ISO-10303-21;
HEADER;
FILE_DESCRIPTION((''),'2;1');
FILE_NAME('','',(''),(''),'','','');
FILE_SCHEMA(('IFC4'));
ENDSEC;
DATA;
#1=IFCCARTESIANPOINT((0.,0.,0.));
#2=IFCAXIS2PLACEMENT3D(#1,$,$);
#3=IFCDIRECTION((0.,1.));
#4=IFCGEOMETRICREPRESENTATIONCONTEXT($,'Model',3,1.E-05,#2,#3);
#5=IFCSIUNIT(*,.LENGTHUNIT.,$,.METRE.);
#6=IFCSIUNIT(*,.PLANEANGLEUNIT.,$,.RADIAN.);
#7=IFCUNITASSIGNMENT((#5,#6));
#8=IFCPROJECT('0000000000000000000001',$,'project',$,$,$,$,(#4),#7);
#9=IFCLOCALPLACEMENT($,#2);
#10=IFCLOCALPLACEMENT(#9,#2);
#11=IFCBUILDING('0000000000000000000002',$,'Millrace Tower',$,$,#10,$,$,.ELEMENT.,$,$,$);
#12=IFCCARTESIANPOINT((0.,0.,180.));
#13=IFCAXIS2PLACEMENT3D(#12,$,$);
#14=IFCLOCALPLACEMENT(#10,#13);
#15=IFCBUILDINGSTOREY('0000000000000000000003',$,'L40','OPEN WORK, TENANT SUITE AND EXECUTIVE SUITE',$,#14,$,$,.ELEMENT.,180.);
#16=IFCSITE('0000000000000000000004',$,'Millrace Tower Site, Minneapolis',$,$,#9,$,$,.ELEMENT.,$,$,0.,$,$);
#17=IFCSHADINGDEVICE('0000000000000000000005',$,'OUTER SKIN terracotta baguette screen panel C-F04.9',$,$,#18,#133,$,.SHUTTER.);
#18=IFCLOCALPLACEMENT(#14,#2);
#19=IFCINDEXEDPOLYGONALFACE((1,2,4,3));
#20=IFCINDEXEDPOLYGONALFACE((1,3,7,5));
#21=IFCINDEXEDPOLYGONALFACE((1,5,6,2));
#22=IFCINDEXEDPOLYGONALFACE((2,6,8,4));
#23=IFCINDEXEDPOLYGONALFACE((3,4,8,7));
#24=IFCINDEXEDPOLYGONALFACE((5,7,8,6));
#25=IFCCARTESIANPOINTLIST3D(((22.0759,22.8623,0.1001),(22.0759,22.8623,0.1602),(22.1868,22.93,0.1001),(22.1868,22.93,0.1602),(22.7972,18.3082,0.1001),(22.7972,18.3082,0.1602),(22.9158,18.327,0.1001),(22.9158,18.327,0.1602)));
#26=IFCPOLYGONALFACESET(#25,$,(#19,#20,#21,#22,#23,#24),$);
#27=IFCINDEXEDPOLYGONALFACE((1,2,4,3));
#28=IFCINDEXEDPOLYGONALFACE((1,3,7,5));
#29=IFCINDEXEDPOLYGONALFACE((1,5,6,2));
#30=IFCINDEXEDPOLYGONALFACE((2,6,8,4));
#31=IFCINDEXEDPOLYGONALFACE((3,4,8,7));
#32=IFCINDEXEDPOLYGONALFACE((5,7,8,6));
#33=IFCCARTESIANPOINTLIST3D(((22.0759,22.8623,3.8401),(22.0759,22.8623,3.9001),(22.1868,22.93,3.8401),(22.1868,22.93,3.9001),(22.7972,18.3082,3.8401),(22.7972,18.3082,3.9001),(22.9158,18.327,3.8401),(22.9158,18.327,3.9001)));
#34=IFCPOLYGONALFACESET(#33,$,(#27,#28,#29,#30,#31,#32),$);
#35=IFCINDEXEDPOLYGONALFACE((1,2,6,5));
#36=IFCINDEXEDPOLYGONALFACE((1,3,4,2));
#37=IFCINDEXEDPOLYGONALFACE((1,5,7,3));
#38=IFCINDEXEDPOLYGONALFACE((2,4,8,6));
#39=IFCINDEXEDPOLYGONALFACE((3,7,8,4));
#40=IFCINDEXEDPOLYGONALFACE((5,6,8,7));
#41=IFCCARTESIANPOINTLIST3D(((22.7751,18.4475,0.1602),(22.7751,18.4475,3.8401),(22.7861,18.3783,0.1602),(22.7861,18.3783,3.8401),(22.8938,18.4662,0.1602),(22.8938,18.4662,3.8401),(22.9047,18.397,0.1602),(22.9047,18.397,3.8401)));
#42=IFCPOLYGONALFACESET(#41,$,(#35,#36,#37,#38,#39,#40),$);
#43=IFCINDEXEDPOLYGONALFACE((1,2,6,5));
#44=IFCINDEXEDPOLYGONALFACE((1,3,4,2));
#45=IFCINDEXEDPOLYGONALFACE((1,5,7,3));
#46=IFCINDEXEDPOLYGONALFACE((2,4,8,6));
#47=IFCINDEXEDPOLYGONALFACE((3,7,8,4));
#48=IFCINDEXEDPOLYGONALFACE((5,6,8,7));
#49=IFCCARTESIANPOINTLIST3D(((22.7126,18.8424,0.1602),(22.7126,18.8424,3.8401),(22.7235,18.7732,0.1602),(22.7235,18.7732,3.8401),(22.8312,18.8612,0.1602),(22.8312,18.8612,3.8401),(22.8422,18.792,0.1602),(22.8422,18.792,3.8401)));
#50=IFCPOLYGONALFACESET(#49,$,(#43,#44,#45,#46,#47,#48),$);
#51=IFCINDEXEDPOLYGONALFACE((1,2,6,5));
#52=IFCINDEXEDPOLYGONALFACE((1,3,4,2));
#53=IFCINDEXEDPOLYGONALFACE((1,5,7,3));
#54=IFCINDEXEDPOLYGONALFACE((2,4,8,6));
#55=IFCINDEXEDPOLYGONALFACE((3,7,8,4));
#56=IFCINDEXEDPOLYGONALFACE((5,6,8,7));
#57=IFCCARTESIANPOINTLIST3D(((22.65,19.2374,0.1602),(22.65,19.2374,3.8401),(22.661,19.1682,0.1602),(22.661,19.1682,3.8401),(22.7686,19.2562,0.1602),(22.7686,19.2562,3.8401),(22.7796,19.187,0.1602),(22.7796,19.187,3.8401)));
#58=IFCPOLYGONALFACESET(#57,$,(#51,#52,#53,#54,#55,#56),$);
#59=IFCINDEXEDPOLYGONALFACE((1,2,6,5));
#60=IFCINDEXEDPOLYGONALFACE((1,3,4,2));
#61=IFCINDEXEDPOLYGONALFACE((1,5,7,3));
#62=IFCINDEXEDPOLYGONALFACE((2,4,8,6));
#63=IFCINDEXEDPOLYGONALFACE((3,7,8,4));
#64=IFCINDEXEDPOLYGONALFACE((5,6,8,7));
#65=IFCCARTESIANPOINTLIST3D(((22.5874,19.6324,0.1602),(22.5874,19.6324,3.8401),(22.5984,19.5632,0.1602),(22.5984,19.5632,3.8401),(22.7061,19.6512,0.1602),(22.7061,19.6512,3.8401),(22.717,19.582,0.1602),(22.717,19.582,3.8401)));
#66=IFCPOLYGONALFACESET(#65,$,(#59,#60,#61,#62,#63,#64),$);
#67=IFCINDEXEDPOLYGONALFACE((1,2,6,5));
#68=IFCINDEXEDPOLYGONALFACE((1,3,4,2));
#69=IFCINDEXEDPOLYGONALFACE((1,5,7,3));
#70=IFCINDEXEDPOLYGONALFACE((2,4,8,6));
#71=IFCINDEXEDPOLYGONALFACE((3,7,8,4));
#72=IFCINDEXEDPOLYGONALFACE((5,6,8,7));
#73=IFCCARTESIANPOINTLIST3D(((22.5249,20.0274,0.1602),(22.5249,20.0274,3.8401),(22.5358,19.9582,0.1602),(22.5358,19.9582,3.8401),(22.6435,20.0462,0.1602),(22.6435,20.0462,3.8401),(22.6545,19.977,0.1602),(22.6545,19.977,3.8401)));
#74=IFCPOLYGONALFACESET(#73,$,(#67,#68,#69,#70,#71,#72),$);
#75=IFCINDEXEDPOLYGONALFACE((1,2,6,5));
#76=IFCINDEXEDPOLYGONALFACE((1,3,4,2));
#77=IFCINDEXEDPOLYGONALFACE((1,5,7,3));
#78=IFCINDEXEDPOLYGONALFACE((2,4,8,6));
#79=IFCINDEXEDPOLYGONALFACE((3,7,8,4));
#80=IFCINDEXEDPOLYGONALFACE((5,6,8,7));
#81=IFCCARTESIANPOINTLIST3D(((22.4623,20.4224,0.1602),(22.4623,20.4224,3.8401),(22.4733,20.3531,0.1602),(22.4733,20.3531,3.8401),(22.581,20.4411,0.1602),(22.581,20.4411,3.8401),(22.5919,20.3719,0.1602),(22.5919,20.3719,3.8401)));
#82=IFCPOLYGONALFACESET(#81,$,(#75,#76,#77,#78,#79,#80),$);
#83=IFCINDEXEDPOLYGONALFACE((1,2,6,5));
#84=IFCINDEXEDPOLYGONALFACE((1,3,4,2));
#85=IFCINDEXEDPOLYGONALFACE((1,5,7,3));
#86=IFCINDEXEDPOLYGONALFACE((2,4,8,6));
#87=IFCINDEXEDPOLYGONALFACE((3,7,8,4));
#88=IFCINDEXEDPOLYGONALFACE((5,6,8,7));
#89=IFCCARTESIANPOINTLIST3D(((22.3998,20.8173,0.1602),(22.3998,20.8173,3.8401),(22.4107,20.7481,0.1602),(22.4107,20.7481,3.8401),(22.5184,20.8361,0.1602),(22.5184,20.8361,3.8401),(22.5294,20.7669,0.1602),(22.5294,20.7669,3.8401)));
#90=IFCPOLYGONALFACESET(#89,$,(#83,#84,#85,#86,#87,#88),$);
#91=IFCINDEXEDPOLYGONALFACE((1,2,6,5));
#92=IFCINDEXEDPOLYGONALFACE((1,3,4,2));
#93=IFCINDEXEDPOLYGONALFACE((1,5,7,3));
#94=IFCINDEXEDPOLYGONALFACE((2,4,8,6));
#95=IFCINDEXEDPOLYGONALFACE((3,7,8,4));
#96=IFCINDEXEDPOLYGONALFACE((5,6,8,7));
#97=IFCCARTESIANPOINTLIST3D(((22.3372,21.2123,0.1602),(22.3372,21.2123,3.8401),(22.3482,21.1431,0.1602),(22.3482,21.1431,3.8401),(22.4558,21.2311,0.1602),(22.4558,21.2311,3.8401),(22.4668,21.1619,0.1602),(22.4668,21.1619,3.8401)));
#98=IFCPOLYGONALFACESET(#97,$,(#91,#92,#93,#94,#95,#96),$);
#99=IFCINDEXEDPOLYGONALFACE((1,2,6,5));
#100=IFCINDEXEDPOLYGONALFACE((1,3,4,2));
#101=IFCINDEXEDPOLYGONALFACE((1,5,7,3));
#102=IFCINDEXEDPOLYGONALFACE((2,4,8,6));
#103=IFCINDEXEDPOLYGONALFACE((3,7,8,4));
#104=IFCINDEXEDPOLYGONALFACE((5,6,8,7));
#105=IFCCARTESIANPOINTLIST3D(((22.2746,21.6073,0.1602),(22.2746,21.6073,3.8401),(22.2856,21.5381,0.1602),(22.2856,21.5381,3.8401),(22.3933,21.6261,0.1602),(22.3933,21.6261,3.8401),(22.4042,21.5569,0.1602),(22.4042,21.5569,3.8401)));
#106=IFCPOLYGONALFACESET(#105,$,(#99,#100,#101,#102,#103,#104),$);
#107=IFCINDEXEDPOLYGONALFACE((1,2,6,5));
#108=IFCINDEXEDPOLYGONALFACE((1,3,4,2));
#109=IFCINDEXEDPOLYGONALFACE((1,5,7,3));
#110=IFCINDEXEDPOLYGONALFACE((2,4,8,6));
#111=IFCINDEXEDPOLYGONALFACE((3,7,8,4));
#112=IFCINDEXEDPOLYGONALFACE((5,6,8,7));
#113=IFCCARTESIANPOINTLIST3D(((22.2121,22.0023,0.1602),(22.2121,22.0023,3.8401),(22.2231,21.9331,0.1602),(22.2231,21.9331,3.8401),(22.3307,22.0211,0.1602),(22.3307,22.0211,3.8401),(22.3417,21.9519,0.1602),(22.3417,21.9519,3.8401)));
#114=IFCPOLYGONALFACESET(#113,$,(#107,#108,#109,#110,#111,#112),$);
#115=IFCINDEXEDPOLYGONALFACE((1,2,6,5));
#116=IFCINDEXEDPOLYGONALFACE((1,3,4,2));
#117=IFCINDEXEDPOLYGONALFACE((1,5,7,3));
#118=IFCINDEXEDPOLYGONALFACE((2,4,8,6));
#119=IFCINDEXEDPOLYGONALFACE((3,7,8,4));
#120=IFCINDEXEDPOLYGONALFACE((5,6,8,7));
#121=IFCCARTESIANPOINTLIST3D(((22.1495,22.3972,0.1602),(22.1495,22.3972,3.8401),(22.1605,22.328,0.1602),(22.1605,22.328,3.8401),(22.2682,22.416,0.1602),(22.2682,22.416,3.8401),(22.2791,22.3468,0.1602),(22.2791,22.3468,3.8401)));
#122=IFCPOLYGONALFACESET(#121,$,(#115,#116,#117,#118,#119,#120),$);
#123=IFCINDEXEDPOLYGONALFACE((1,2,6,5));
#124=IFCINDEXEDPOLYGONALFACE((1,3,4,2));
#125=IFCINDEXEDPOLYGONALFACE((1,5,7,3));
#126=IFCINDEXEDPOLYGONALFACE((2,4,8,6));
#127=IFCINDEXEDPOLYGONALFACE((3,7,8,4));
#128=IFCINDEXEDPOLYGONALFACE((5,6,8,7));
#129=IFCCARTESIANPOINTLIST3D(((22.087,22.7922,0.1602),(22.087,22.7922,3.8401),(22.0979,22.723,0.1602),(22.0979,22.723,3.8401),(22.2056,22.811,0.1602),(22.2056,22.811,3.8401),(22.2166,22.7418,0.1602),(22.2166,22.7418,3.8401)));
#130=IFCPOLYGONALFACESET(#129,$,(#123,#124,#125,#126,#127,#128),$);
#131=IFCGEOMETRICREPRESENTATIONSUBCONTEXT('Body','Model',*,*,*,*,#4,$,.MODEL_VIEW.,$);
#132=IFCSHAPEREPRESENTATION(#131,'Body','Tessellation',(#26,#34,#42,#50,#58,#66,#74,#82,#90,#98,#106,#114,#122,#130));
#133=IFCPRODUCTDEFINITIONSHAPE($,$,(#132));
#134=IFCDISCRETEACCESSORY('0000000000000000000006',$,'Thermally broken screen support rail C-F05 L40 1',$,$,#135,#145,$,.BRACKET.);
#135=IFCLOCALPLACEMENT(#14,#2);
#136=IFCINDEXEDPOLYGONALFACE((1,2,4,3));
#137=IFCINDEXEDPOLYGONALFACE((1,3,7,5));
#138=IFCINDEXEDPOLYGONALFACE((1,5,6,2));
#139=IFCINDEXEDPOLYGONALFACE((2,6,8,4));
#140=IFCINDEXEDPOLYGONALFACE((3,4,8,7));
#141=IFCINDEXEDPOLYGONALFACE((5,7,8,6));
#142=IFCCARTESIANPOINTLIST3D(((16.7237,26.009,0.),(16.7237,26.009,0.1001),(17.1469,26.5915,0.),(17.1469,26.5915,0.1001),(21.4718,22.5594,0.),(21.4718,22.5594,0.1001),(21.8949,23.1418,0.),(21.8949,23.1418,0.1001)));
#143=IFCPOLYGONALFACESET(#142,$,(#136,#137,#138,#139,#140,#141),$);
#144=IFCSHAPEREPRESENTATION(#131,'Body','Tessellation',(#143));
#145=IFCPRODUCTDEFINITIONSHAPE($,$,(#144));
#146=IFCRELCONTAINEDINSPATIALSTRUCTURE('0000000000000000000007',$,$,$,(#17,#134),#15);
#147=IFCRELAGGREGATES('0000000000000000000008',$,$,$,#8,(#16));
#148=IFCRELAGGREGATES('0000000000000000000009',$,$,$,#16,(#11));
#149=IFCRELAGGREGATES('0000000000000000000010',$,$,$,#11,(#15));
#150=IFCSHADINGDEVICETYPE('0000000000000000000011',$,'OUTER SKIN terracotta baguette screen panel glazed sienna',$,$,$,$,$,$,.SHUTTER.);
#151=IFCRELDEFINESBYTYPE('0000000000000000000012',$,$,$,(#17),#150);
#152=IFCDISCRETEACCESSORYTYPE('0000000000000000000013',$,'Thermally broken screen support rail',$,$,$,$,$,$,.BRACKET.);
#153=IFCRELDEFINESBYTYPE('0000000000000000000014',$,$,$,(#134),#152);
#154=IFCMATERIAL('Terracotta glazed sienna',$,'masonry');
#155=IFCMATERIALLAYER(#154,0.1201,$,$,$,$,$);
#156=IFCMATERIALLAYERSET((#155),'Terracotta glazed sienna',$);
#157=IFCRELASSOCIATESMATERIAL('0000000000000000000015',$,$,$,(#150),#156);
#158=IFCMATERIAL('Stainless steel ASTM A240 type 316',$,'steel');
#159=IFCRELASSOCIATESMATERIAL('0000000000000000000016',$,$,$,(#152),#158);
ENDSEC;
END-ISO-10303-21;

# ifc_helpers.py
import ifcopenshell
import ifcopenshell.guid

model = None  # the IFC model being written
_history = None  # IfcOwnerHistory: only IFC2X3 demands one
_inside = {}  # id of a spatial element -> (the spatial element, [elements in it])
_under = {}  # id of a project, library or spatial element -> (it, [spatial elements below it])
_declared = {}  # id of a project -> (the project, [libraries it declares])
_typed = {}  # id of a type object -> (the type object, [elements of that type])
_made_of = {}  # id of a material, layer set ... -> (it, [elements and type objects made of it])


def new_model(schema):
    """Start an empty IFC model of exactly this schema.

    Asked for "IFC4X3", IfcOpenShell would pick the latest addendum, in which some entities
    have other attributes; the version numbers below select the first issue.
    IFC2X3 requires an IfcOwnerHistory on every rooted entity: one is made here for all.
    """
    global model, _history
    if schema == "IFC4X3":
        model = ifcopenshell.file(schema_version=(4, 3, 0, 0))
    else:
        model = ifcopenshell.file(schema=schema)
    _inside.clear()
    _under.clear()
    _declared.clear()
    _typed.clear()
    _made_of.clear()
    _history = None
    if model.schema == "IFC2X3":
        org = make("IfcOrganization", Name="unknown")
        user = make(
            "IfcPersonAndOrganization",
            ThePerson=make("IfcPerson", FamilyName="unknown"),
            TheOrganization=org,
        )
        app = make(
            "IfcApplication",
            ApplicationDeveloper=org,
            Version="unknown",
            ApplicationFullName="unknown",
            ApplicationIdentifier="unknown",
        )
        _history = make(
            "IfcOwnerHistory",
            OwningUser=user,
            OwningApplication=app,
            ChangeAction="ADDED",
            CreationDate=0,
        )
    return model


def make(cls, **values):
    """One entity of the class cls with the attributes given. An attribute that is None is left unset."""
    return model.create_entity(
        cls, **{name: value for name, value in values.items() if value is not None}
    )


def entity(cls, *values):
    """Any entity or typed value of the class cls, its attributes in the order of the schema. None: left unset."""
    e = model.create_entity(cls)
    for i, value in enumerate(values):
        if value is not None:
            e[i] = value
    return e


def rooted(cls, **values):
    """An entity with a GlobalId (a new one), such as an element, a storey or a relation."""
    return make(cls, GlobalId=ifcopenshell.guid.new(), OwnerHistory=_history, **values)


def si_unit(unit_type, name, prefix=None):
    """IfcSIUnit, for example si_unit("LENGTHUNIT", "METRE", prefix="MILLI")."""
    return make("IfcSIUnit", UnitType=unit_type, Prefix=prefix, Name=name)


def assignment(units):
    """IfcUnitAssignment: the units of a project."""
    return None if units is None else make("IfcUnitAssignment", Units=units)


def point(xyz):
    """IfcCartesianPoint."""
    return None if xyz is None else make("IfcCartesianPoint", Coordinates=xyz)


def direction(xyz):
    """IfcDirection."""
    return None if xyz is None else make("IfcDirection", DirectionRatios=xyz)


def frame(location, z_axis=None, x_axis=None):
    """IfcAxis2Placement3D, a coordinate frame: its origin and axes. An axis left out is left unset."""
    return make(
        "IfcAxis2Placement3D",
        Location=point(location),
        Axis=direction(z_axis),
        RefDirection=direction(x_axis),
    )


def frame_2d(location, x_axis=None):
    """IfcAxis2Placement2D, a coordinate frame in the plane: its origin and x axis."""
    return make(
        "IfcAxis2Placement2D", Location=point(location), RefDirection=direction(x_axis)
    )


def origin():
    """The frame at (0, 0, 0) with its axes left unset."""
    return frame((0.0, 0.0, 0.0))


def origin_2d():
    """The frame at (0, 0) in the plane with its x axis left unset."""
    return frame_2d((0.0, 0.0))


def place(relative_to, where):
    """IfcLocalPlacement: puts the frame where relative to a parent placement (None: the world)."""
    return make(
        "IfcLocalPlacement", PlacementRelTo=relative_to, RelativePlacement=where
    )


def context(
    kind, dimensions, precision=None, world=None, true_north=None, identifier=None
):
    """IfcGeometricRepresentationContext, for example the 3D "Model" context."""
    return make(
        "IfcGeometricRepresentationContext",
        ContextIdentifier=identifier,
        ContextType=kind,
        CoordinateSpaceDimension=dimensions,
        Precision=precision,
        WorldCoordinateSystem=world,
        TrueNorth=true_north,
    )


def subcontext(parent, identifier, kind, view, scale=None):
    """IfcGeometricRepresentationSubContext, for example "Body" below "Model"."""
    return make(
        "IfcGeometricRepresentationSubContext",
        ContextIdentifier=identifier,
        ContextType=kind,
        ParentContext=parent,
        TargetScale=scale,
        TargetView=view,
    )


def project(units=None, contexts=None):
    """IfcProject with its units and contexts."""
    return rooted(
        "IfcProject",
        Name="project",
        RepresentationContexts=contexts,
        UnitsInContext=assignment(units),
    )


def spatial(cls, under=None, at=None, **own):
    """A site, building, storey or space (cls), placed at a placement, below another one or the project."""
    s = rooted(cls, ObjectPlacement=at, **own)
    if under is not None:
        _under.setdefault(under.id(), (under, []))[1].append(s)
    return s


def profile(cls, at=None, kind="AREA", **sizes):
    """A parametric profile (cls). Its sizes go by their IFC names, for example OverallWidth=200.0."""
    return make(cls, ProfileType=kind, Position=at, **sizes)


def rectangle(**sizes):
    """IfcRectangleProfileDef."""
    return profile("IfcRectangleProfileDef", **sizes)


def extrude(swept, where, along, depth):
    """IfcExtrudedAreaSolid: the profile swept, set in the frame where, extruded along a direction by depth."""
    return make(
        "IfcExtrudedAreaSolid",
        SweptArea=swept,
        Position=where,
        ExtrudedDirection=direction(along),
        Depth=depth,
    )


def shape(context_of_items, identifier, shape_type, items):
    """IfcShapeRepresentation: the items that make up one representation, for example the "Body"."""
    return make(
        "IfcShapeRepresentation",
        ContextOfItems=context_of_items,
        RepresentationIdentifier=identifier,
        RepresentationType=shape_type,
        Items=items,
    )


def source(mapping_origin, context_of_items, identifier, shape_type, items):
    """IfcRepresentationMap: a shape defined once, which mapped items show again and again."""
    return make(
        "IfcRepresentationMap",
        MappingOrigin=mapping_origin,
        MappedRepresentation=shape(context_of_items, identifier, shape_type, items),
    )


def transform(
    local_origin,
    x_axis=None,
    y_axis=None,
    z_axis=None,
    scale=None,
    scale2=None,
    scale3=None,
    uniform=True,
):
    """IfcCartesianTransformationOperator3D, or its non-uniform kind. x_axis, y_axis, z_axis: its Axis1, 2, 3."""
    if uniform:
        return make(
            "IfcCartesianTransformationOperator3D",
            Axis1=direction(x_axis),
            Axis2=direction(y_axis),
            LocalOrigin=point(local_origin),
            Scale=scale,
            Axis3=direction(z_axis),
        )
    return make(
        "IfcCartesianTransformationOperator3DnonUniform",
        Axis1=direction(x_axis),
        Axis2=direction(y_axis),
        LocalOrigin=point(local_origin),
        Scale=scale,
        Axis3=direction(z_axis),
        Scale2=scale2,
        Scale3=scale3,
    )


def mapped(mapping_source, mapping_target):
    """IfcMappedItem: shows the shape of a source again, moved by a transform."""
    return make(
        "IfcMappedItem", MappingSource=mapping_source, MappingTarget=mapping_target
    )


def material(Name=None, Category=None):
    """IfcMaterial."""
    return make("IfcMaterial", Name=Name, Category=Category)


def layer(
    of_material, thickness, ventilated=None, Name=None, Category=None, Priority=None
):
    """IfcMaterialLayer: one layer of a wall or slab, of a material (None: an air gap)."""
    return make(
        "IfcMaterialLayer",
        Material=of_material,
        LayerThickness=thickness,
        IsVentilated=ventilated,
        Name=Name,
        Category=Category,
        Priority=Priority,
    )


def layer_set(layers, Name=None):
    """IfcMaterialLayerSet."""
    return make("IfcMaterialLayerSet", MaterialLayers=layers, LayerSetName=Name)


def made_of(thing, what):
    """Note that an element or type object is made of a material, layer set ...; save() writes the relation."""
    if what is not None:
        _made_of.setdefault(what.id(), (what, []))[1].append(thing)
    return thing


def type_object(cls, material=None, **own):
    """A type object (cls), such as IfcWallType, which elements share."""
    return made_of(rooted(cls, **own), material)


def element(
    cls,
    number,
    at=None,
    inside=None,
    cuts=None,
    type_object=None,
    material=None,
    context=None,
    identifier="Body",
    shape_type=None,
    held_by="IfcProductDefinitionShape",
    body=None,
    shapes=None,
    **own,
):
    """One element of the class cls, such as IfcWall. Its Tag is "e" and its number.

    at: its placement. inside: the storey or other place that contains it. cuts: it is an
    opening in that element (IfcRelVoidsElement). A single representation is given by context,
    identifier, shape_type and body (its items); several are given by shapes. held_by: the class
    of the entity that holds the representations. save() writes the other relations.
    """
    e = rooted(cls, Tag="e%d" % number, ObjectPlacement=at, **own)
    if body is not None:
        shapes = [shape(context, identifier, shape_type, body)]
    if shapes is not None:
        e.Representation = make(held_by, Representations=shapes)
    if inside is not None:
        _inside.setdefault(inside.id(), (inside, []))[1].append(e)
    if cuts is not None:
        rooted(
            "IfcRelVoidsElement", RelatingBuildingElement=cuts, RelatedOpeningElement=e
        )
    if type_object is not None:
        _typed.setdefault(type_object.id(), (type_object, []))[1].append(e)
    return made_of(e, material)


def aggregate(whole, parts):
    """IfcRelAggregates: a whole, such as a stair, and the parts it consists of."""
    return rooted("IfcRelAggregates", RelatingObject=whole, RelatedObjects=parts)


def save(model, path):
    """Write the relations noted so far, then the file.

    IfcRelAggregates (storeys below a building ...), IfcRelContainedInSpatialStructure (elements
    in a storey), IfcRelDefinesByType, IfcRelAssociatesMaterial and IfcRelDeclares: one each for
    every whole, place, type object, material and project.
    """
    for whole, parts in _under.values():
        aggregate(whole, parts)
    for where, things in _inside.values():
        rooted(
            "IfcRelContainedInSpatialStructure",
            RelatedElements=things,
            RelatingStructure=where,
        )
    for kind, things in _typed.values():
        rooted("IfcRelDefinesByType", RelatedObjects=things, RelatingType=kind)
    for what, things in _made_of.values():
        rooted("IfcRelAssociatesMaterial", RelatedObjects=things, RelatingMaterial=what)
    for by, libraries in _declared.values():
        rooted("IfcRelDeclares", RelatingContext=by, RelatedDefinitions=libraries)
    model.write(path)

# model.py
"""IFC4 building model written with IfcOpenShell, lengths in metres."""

from ifc_helpers import new_model, entity, si_unit, direction, frame, frame_2d, origin, origin_2d, place, context, subcontext, project, spatial, rectangle, extrude, source, transform, mapped, material, layer, layer_set, type_object, element, save


model = new_model("IFC4")

# Units and contexts
model_context = context("Model", 3, precision=1e-05, world=origin(), true_north=direction((0.0, 1.0)))
body_context = subcontext(model_context, "Body", "Model", "MODEL_VIEW")
ifc_project = project(units=[si_unit("LENGTHUNIT", "METRE"), si_unit("PLANEANGLEUNIT", "RADIAN")], contexts=[model_context])

# Site, building, storey
site_placement = place(None, origin())
site = spatial("IfcSite", under=ifc_project, at=site_placement, Name="Millrace Tower Site, Minneapolis", CompositionType="ELEMENT", RefElevation=0.0)
building_placement = place(site_placement, origin())
building = spatial("IfcBuilding", under=site, at=building_placement, Name="Millrace Tower", CompositionType="ELEMENT")
storey_placement = place(building_placement, frame((0.0, 0.0, 180.0)))
storey = spatial("IfcBuildingStorey", under=building, at=storey_placement, Name="L40", Description="OPEN WORK, TENANT SUITE AND EXECUTIVE SUITE", CompositionType="ELEMENT", Elevation=180.0)

# Shading device
ifc_material_1 = material(Name="Terracotta glazed sienna", Category="masonry")
ifc_layer_1 = layer(ifc_material_1, 0.1201)
ifc_layer_set_1 = layer_set([ifc_layer_1], Name="Terracotta glazed sienna")
shading_device_type = type_object("IfcShadingDeviceType", Name="OUTER SKIN terracotta baguette screen panel glazed sienna", PredefinedType="SHUTTER", material=ifc_layer_set_1)
cartesian_point_1 = entity("IfcCartesianPoint", [-2.3179, 0.0601])
shared_polyline_1 = entity("IfcPolyline", [cartesian_point_1, entity("IfcCartesianPoint", [2.293, 0.0601]), entity("IfcCartesianPoint", [2.3425, -0.0601]), entity("IfcCartesianPoint", [-2.3179, -0.0601]), cartesian_point_1])
shared_shape_1 = source(origin(), body_context, "Body", "SweptSolid", [
    entity("IfcExtrudedAreaSolid", entity("IfcArbitraryClosedProfileDef", "AREA", None, shared_polyline_1), entity("IfcAxis2Placement3D", entity("IfcCartesianPoint", [0.0, 0.0, 0.0])), entity("IfcDirection", [0.0, 0.0, 1.0]), 0.0601),
    entity("IfcExtrudedAreaSolid", entity("IfcArbitraryClosedProfileDef", "AREA", None, shared_polyline_1), entity("IfcAxis2Placement3D", entity("IfcCartesianPoint", [0.0, 0.0, 3.74])), entity("IfcDirection", [0.0, 0.0, 1.0]), 0.0601),
    extrude(rectangle(XDim=0.0701, YDim=0.1201, at=frame_2d((-2.2119, 0.0))), frame((0.0, 0.0, 0.0601)), (0.0, 0.0, 1.0), 3.6799),
    extrude(rectangle(XDim=0.0701, YDim=0.1201, at=frame_2d((-1.812, 0.0))), frame((0.0, 0.0, 0.0601)), (0.0, 0.0, 1.0), 3.6799),
    extrude(rectangle(XDim=0.0701, YDim=0.1201, at=frame_2d((-1.4121, 0.0))), frame((0.0, 0.0, 0.0601)), (0.0, 0.0, 1.0), 3.6799),
    extrude(rectangle(XDim=0.0701, YDim=0.1201, at=frame_2d((-1.0122, 0.0))), frame((0.0, 0.0, 0.0601)), (0.0, 0.0, 1.0), 3.6799),
    extrude(rectangle(XDim=0.0701, YDim=0.1201, at=frame_2d((-0.6123, 0.0))), frame((0.0, 0.0, 0.0601)), (0.0, 0.0, 1.0), 3.6799),
    extrude(rectangle(XDim=0.0701, YDim=0.1201, at=frame_2d((-0.2124, 0.0))), frame((0.0, 0.0, 0.0601)), (0.0, 0.0, 1.0), 3.6799),
    extrude(rectangle(XDim=0.0701, YDim=0.1201, at=frame_2d((0.1875, 0.0))), frame((0.0, 0.0, 0.0601)), (0.0, 0.0, 1.0), 3.6799),
    extrude(rectangle(XDim=0.0701, YDim=0.1201, at=frame_2d((0.5874, 0.0))), frame((0.0, 0.0, 0.0601)), (0.0, 0.0, 1.0), 3.6799),
    extrude(rectangle(XDim=0.0701, YDim=0.1201, at=frame_2d((0.9873, 0.0))), frame((0.0, 0.0, 0.0601)), (0.0, 0.0, 1.0), 3.6799),
    extrude(rectangle(XDim=0.0701, YDim=0.1201, at=frame_2d((1.3872, 0.0))), frame((0.0, 0.0, 0.0601)), (0.0, 0.0, 1.0), 3.6799),
    extrude(rectangle(XDim=0.0701, YDim=0.1201, at=frame_2d((1.7871, 0.0))), frame((0.0, 0.0, 0.0601)), (0.0, 0.0, 1.0), 3.6799),
    extrude(rectangle(XDim=0.0701, YDim=0.1201, at=frame_2d((2.187, 0.0))), frame((0.0, 0.0, 0.0601)), (0.0, 0.0, 1.0), 3.6799),
])
shading_device_1_placement = place(storey_placement, frame((22.4939, 20.6069, 0.1001), z_axis=(0.0, 0.0, 1.0), x_axis=(-0.156434, 0.987688, 0.0)))
element("IfcShadingDevice", 1, at=shading_device_1_placement, inside=storey, type_object=shading_device_type, Name="OUTER SKIN terracotta baguette screen panel C-F04.9", PredefinedType="SHUTTER", context=body_context, shape_type="MappedRepresentation", body=[
    mapped(shared_shape_1, transform((0.0, 0.0, 0.0), scale=1.0)),
])

# Discrete accessory
ifc_material_2 = material(Name="Stainless steel ASTM A240 type 316", Category="steel")
discrete_accessory_type = type_object("IfcDiscreteAccessoryType", Name="Thermally broken screen support rail", PredefinedType="BRACKET", material=ifc_material_2)
discrete_accessory_placement = place(storey_placement, frame((19.3093, 24.5754, 0.0), z_axis=(0.0, 0.0, 1.0), x_axis=(-0.809017, 0.587785, 0.0)))
element("IfcDiscreteAccessory", 2, at=discrete_accessory_placement, inside=storey, type_object=discrete_accessory_type, Name="Thermally broken screen support rail C-F05 L40 1", PredefinedType="BRACKET", context=body_context, shape_type="SweptSolid", body=[
    extrude(rectangle(XDim=5.8689, YDim=0.72, at=origin_2d()), origin(), (0.0, 0.0, 1.0), 0.1001),
])

save(model, "model.ifc")
